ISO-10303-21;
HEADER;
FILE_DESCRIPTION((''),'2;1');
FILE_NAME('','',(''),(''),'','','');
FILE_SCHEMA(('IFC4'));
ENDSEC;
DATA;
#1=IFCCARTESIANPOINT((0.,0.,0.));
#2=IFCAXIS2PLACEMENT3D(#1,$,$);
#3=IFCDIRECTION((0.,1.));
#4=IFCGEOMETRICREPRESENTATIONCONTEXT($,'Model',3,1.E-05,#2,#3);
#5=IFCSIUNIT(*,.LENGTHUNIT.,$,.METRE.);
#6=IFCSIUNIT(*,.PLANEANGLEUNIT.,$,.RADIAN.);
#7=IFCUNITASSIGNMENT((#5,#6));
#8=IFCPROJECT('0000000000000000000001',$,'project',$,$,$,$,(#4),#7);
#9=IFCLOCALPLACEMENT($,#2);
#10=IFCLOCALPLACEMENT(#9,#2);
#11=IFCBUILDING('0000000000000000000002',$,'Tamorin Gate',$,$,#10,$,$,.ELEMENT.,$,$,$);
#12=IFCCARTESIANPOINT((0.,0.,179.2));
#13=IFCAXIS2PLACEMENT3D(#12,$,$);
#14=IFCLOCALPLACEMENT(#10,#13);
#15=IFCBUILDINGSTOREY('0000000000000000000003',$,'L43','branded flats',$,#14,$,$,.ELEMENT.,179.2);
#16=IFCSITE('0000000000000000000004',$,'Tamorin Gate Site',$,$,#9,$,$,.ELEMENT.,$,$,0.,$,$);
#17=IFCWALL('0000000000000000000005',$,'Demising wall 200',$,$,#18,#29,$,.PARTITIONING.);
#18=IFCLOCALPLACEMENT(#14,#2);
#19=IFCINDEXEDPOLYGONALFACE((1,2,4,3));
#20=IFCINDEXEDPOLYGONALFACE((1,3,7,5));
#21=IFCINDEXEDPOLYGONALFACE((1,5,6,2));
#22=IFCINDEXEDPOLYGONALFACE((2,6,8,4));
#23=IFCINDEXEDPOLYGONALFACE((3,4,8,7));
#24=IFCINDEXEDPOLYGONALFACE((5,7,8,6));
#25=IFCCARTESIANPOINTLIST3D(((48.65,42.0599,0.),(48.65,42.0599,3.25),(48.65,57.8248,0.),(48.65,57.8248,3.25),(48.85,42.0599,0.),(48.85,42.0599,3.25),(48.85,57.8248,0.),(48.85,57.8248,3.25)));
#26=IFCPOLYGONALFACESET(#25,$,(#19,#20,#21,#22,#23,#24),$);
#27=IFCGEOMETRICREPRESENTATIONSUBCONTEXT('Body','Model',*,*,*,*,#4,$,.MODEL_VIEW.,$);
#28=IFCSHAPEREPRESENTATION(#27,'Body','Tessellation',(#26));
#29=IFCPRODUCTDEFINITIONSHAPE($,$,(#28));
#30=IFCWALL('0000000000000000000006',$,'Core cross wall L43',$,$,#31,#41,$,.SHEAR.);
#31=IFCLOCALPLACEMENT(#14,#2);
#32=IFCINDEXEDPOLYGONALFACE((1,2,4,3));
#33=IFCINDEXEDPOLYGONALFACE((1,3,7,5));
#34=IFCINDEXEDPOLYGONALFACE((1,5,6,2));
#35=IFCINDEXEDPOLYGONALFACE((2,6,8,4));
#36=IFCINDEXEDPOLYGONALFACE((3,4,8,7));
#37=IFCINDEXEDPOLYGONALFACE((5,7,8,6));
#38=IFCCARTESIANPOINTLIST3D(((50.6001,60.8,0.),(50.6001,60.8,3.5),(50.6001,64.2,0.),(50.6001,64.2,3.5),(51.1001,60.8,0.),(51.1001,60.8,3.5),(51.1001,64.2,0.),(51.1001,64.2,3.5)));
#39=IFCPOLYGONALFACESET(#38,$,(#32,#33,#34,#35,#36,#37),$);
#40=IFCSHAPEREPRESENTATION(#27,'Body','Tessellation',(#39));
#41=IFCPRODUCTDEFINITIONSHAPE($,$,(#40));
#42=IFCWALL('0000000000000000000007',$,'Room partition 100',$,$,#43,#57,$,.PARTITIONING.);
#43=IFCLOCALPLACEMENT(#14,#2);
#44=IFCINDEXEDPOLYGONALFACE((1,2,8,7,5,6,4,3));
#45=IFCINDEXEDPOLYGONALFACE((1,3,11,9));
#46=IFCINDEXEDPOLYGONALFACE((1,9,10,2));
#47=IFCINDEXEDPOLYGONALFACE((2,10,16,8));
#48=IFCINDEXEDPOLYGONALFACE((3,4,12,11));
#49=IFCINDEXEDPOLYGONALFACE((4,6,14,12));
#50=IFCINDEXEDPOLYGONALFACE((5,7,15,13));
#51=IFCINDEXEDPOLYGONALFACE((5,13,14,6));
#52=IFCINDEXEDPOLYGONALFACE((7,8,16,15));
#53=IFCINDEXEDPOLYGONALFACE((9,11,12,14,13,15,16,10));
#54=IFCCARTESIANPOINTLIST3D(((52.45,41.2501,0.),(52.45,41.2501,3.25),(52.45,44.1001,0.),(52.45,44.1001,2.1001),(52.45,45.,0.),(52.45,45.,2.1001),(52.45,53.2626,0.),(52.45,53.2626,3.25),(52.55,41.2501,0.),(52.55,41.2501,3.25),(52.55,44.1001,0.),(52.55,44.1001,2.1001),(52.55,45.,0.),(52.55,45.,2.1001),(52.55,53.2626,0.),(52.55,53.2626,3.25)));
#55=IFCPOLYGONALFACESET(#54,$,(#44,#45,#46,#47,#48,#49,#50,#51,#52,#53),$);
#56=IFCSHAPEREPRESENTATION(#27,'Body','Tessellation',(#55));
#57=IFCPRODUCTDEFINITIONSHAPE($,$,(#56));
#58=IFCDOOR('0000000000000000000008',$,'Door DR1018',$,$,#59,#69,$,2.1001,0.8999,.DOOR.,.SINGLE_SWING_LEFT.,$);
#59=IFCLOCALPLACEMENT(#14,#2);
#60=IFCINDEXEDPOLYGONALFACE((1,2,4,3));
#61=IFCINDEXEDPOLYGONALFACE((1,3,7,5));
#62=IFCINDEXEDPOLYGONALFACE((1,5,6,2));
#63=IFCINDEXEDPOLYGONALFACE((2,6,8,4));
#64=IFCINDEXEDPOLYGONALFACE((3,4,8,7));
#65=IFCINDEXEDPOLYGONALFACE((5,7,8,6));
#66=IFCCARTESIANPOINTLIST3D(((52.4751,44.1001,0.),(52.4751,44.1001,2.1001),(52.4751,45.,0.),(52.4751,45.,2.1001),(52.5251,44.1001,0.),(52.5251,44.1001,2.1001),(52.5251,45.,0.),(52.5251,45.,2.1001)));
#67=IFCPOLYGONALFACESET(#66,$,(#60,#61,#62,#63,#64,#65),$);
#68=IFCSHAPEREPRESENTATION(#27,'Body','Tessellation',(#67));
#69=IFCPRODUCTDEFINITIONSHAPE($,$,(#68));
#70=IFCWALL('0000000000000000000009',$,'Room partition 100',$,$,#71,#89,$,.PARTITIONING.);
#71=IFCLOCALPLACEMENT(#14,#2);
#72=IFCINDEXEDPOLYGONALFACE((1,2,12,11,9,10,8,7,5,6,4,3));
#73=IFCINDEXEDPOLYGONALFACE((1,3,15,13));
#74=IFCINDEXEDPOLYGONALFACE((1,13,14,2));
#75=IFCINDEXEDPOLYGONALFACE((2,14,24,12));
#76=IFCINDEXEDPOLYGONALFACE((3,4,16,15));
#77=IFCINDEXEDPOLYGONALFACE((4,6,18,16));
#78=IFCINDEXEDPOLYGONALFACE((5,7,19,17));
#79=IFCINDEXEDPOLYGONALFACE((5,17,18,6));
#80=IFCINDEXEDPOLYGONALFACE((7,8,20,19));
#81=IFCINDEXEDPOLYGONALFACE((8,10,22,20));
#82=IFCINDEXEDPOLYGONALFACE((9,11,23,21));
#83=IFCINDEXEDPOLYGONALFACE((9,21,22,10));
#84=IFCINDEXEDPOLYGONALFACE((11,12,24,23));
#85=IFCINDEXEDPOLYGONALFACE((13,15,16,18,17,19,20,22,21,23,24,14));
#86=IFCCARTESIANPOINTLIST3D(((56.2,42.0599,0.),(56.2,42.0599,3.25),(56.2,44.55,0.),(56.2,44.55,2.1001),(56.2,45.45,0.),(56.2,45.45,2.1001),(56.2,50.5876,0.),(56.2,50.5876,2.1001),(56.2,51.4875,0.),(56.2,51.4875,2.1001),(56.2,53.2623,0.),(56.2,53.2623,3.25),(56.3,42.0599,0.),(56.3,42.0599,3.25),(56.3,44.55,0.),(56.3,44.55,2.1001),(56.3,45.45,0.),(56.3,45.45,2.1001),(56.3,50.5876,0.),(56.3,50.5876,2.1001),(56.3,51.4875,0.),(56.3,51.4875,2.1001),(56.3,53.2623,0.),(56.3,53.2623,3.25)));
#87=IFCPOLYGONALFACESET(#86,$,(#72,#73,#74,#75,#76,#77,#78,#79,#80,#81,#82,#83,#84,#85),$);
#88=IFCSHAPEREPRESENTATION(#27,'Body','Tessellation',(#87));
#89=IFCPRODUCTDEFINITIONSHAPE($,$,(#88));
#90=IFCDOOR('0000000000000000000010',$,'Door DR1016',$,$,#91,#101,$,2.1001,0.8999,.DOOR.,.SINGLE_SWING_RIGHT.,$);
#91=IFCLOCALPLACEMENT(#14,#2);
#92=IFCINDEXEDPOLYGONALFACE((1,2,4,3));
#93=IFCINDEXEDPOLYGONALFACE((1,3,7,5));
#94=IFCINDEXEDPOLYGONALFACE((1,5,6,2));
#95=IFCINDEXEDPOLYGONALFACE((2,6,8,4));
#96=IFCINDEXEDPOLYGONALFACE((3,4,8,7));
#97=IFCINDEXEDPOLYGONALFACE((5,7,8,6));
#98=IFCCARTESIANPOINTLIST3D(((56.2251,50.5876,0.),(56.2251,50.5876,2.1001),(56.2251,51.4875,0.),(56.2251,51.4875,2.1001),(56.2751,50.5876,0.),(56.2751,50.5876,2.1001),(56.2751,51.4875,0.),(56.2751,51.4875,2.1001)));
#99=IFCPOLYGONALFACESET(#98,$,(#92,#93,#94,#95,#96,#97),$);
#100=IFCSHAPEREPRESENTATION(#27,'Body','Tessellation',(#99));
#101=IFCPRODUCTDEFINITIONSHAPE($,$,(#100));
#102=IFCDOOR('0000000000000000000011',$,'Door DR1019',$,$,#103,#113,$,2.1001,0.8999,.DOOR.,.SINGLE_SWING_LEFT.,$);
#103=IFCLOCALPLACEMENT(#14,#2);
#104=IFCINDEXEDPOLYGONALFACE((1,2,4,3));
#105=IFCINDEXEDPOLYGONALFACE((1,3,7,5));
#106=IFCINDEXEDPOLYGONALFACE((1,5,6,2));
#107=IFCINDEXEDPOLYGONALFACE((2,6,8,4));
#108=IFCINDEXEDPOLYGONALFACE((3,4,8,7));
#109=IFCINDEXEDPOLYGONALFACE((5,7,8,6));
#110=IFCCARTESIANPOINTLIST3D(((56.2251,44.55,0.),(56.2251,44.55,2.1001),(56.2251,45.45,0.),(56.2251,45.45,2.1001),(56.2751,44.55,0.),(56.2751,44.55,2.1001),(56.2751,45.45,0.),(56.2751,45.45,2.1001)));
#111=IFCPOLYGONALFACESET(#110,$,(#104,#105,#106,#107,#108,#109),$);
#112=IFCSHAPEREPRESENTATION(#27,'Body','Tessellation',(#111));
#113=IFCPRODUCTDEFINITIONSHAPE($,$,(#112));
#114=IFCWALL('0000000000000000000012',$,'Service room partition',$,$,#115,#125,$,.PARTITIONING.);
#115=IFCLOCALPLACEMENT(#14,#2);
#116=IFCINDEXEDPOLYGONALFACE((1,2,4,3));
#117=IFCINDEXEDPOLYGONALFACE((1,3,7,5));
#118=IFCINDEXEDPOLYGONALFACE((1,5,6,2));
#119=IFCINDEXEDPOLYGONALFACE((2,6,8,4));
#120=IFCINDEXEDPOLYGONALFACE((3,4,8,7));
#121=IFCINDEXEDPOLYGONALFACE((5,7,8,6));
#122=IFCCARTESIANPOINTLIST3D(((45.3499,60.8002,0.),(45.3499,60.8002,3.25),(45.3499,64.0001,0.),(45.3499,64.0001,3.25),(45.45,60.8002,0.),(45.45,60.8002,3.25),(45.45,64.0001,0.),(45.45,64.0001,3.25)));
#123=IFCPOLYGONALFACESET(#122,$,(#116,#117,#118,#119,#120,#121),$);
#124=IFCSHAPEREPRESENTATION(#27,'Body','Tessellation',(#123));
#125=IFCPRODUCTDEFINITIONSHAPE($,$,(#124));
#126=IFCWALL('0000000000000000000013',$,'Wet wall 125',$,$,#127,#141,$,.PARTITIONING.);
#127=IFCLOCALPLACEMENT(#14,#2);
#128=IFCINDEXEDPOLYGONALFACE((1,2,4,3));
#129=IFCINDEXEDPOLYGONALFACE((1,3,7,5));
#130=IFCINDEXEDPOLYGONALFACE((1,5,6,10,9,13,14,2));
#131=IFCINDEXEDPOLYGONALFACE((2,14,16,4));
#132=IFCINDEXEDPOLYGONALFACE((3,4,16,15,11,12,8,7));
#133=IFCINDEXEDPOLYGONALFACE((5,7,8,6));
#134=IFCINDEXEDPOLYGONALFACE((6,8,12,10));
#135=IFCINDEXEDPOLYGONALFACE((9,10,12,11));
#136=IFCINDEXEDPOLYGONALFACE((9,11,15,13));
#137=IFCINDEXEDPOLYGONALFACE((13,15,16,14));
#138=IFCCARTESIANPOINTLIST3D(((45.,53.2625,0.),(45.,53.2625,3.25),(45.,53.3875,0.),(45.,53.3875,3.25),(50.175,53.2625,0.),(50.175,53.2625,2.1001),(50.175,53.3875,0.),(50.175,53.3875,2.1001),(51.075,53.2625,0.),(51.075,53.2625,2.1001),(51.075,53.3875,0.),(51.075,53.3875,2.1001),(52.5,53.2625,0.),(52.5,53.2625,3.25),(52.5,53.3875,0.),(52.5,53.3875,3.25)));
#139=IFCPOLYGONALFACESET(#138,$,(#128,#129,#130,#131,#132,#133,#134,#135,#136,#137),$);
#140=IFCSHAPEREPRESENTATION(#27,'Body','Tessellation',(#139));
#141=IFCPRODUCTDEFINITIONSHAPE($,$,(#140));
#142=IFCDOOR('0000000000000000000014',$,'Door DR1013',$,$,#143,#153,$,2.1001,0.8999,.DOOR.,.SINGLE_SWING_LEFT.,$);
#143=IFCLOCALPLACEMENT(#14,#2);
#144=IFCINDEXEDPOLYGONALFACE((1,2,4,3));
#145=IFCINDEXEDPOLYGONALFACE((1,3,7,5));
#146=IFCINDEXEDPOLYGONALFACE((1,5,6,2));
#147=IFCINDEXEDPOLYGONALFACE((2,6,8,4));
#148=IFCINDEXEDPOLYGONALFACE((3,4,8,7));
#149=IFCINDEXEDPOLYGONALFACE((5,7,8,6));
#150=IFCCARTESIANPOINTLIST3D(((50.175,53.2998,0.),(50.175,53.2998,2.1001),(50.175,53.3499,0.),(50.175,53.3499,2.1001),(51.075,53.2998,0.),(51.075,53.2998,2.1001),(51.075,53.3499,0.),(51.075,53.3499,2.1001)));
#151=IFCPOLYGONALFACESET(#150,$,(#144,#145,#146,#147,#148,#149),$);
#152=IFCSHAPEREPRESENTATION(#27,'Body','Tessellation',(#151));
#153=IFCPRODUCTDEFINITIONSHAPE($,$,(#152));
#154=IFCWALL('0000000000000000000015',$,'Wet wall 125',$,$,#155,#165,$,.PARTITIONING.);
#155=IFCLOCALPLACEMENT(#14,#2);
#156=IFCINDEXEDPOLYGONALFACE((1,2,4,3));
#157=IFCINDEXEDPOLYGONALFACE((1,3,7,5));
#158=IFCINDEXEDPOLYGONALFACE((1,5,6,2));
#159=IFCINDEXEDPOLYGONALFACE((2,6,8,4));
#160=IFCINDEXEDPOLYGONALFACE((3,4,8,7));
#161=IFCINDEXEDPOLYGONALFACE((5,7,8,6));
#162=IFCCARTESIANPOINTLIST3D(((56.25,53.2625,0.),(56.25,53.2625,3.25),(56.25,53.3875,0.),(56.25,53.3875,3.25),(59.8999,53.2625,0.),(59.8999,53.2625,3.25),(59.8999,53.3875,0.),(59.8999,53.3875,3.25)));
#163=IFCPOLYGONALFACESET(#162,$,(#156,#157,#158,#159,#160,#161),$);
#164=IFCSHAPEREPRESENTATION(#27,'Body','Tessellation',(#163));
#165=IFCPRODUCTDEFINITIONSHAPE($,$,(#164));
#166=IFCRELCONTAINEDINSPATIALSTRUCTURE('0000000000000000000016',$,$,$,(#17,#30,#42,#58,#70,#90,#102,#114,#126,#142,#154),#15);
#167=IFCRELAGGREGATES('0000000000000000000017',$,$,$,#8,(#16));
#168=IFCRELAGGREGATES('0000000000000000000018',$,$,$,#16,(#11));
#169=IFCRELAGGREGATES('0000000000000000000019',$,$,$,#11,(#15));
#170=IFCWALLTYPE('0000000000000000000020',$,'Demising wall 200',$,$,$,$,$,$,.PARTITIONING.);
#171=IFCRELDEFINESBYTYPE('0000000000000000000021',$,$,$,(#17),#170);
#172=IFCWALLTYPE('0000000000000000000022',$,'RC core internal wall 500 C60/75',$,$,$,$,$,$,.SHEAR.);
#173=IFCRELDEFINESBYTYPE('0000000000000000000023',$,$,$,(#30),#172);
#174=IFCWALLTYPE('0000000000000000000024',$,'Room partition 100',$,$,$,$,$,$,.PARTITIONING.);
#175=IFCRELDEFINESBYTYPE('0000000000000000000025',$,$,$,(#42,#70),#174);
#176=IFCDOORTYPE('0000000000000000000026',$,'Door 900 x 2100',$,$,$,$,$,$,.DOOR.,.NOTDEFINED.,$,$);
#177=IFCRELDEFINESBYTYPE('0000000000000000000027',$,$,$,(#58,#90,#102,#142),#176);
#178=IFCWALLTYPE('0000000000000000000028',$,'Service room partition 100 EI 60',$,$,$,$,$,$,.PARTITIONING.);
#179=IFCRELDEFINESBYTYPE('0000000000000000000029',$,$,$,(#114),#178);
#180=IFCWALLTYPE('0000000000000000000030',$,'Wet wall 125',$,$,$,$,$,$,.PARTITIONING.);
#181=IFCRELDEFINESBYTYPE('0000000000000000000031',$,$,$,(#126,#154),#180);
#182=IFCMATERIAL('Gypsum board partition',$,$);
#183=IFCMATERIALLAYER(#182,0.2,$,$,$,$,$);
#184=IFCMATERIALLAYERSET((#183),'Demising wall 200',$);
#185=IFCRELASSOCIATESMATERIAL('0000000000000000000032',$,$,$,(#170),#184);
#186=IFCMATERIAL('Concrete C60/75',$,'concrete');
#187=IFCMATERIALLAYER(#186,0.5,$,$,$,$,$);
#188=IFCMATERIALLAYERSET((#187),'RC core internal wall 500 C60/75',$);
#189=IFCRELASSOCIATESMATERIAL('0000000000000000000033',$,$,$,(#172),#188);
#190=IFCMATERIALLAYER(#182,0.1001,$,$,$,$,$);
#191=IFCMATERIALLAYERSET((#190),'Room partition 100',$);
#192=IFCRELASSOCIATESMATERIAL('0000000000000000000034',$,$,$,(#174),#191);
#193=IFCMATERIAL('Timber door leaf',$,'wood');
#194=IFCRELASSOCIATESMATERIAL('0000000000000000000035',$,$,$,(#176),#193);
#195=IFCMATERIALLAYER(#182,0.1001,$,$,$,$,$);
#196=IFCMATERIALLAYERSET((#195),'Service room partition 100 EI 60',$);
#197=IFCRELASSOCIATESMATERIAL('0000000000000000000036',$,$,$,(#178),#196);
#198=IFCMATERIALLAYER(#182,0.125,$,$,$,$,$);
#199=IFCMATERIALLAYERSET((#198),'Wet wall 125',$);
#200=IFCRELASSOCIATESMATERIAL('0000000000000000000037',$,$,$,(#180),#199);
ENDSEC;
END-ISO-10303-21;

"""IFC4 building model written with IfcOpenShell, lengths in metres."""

from ifc_helpers import new_model, si_unit, direction, frame, frame_2d, origin, place, context, subcontext, project, spatial, rectangle, extrude, material, layer, layer_set, type_object, element, fill, save


model = new_model("IFC4")

# Units and contexts
model_context = context("Model", 3, precision=1e-05, world=origin(), true_north=direction((0.0, 1.0)))
body_context = subcontext(model_context, "Body", "Model", "MODEL_VIEW")
ifc_project = project(units=[si_unit("LENGTHUNIT", "METRE"), si_unit("PLANEANGLEUNIT", "RADIAN")], contexts=[model_context])

# Site, building, storey
site_placement = place(None, origin())
site = spatial("IfcSite", under=ifc_project, at=site_placement, Name="Tamorin Gate Site", CompositionType="ELEMENT", RefElevation=0.0)
building_placement = place(site_placement, origin())
building = spatial("IfcBuilding", under=site, at=building_placement, Name="Tamorin Gate", CompositionType="ELEMENT")
storey_placement = place(building_placement, frame((0.0, 0.0, 179.2)))
storey = spatial("IfcBuildingStorey", under=building, at=storey_placement, Name="L43", Description="branded flats", CompositionType="ELEMENT", Elevation=179.2)

# Shared definitions
ifc_material_1 = material(Name="Concrete C60/75", Category="concrete")

# Walls
ifc_material_2 = material(Name="Gypsum board partition")
ifc_layer_1 = layer(ifc_material_2, 0.2)
ifc_layer_set_1 = layer_set([ifc_layer_1], Name="Demising wall 200")
wall_type_1 = type_object("IfcWallType", Name="Demising wall 200", PredefinedType="PARTITIONING", material=ifc_layer_set_1)
wall_1_placement = place(storey_placement, frame((48.75, 42.0601, 0.0), z_axis=(0.0, 0.0, 1.0), x_axis=(0.0, 1.0, 0.0)))
element("IfcWall", 1, at=wall_1_placement, inside=storey, type_object=wall_type_1, Name="Demising wall 200", PredefinedType="PARTITIONING", context=body_context, shape_type="SweptSolid", body=[
    extrude(rectangle(XDim=15.7649, YDim=0.2, at=frame_2d((7.8823, 0.0))), origin(), (0.0, 0.0, 1.0), 3.25),
])
ifc_layer_2 = layer(ifc_material_1, 0.5)
ifc_layer_set_2 = layer_set([ifc_layer_2], Name="RC core internal wall 500 C60/75")
wall_type_2 = type_object("IfcWallType", Name="RC core internal wall 500 C60/75", PredefinedType="SHEAR", material=ifc_layer_set_2)
wall_2_placement = place(storey_placement, frame((50.8501, 60.8, 0.0), z_axis=(0.0, 0.0, 1.0), x_axis=(0.0, 1.0, 0.0)))
element("IfcWall", 2, at=wall_2_placement, inside=storey, type_object=wall_type_2, Name="Core cross wall L43", PredefinedType="SHEAR", context=body_context, shape_type="SweptSolid", body=[
    extrude(rectangle(XDim=3.3999, YDim=0.5, at=frame_2d((1.7, 0.0))), origin(), (0.0, 0.0, 1.0), 3.5),
])

# Wall, opening, door
ifc_layer_3 = layer(ifc_material_2, 0.1001)
ifc_layer_set_3 = layer_set([ifc_layer_3], Name="Room partition 100")
wall_type_3 = type_object("IfcWallType", Name="Room partition 100", PredefinedType="PARTITIONING", material=ifc_layer_set_3)
wall_3_placement = place(storey_placement, frame((52.5, 41.25, 0.0), z_axis=(0.0, 0.0, 1.0), x_axis=(0.0, 1.0, 0.0)))
wall_3 = element("IfcWall", 3, at=wall_3_placement, inside=storey, type_object=wall_type_3, Name="Room partition 100", PredefinedType="PARTITIONING", context=body_context, shape_type="SweptSolid", body=[
    extrude(rectangle(XDim=12.0125, YDim=0.1001, at=frame_2d((6.0063, 0.0))), origin(), (0.0, 0.0, 1.0), 3.25),
])
opening_1_placement = place(wall_3_placement, frame((2.8501, 0.0, 0.0)))
opening_1 = element("IfcOpeningElement", 4, at=opening_1_placement, cuts=wall_3, PredefinedType="OPENING", context=body_context, shape_type="SweptSolid", body=[
    extrude(rectangle(XDim=0.8999, YDim=2.1001, at=frame_2d((0.45, 1.05))), frame((0.0, 0.0601, 0.0), z_axis=(0.0, -1.0, 0.0), x_axis=(1.0, 0.0, 0.0)), (0.0, 0.0, 1.0), 0.1201),
])
ifc_material_3 = material(Name="Timber door leaf", Category="wood")
door_type = type_object("IfcDoorType", Name="Door 900 x 2100", OperationType="NOTDEFINED", PredefinedType="DOOR", material=ifc_material_3)
door_1_placement = place(opening_1_placement, origin())
door_1 = element("IfcDoor", 5, at=door_1_placement, inside=storey, type_object=door_type, Name="Door DR1018", OperationType="SINGLE_SWING_LEFT", OverallHeight=2.1001, OverallWidth=0.8999, PredefinedType="DOOR", context=body_context, shape_type="SweptSolid", body=[
    extrude(rectangle(XDim=0.8999, YDim=2.1001, at=frame_2d((0.45, 1.05))), frame((0.0, 0.0249, 0.0), z_axis=(0.0, -1.0, 0.0), x_axis=(1.0, 0.0, 0.0)), (0.0, 0.0, 1.0), 0.05),
])
fill(opening_1, door_1)

# Wall, openings, doors
wall_4_placement = place(storey_placement, frame((56.25, 42.0601, 0.0), z_axis=(0.0, 0.0, 1.0), x_axis=(0.0, 1.0, 0.0)))
wall_4 = element("IfcWall", 6, at=wall_4_placement, inside=storey, type_object=wall_type_3, Name="Room partition 100", PredefinedType="PARTITIONING", context=body_context, shape_type="SweptSolid", body=[
    extrude(rectangle(XDim=11.2024, YDim=0.1001, at=frame_2d((5.6011, 0.0))), origin(), (0.0, 0.0, 1.0), 3.25),
])
opening_2_placement = place(wall_4_placement, frame((8.5276, 0.0, 0.0)))
opening_2 = element("IfcOpeningElement", 7, at=opening_2_placement, cuts=wall_4, PredefinedType="OPENING", context=body_context, shape_type="SweptSolid", body=[
    extrude(rectangle(XDim=0.8999, YDim=2.1001, at=frame_2d((0.45, 1.05))), frame((0.0, 0.0601, 0.0), z_axis=(0.0, -1.0, 0.0), x_axis=(1.0, 0.0, 0.0)), (0.0, 0.0, 1.0), 0.1201),
])
opening_3_placement = place(wall_4_placement, frame((2.49, 0.0, 0.0)))
opening_3 = element("IfcOpeningElement", 8, at=opening_3_placement, cuts=wall_4, PredefinedType="OPENING", context=body_context, shape_type="SweptSolid", body=[
    extrude(rectangle(XDim=0.8999, YDim=2.1001, at=frame_2d((0.45, 1.05))), frame((0.0, 0.0601, 0.0), z_axis=(0.0, -1.0, 0.0), x_axis=(1.0, 0.0, 0.0)), (0.0, 0.0, 1.0), 0.1201),
])
door_2_placement = place(opening_2_placement, origin())
door_2 = element("IfcDoor", 9, at=door_2_placement, inside=storey, type_object=door_type, Name="Door DR1016", OperationType="SINGLE_SWING_RIGHT", OverallHeight=2.1001, OverallWidth=0.8999, PredefinedType="DOOR", context=body_context, shape_type="SweptSolid", body=[
    extrude(rectangle(XDim=0.8999, YDim=2.1001, at=frame_2d((0.45, 1.05))), frame((0.0, 0.0249, 0.0), z_axis=(0.0, -1.0, 0.0), x_axis=(1.0, 0.0, 0.0)), (0.0, 0.0, 1.0), 0.05),
])
fill(opening_2, door_2)
door_3_placement = place(opening_3_placement, origin())
door_3 = element("IfcDoor", 10, at=door_3_placement, inside=storey, type_object=door_type, Name="Door DR1019", OperationType="SINGLE_SWING_LEFT", OverallHeight=2.1001, OverallWidth=0.8999, PredefinedType="DOOR", context=body_context, shape_type="SweptSolid", body=[
    extrude(rectangle(XDim=0.8999, YDim=2.1001, at=frame_2d((0.45, 1.05))), frame((0.0, 0.0249, 0.0), z_axis=(0.0, -1.0, 0.0), x_axis=(1.0, 0.0, 0.0)), (0.0, 0.0, 1.0), 0.05),
])
fill(opening_3, door_3)

# Wall
ifc_layer_4 = layer(ifc_material_2, 0.1001)
ifc_layer_set_4 = layer_set([ifc_layer_4], Name="Service room partition 100 EI 60")
wall_type_4 = type_object("IfcWallType", Name="Service room partition 100 EI 60", PredefinedType="PARTITIONING", material=ifc_layer_set_4)
wall_5_placement = place(storey_placement, frame((45.3999, 60.8, 0.0), z_axis=(0.0, 0.0, 1.0), x_axis=(0.0, 1.0, 0.0)))
element("IfcWall", 11, at=wall_5_placement, inside=storey, type_object=wall_type_4, Name="Service room partition", PredefinedType="PARTITIONING", context=body_context, shape_type="SweptSolid", body=[
    extrude(rectangle(XDim=3.2, YDim=0.1001, at=frame_2d((1.6001, 0.0))), origin(), (0.0, 0.0, 1.0), 3.25),
])

# Wall, opening, door
ifc_layer_5 = layer(ifc_material_2, 0.125)
ifc_layer_set_5 = layer_set([ifc_layer_5], Name="Wet wall 125")
wall_type_5 = type_object("IfcWallType", Name="Wet wall 125", PredefinedType="PARTITIONING", material=ifc_layer_set_5)
wall_6_placement = place(storey_placement, frame((45.0, 53.325, 0.0), z_axis=(0.0, 0.0, 1.0), x_axis=(1.0, 0.0, 0.0)))
wall_6 = element("IfcWall", 12, at=wall_6_placement, inside=storey, type_object=wall_type_5, Name="Wet wall 125", PredefinedType="PARTITIONING", context=body_context, shape_type="SweptSolid", body=[
    extrude(rectangle(XDim=7.5, YDim=0.125, at=frame_2d((3.75, 0.0))), origin(), (0.0, 0.0, 1.0), 3.25),
])
opening_4_placement = place(wall_6_placement, frame((5.175, 0.0, 0.0)))
opening_4 = element("IfcOpeningElement", 13, at=opening_4_placement, cuts=wall_6, PredefinedType="OPENING", context=body_context, shape_type="SweptSolid", body=[
    extrude(rectangle(XDim=0.8999, YDim=2.1001, at=frame_2d((0.45, 1.05))), frame((0.0, 0.0725, 0.0), z_axis=(0.0, -1.0, 0.0), x_axis=(1.0, 0.0, 0.0)), (0.0, 0.0, 1.0), 0.145),
])
door_4_placement = place(opening_4_placement, origin())
door_4 = element("IfcDoor", 14, at=door_4_placement, inside=storey, type_object=door_type, Name="Door DR1013", OperationType="SINGLE_SWING_LEFT", OverallHeight=2.1001, OverallWidth=0.8999, PredefinedType="DOOR", context=body_context, shape_type="SweptSolid", body=[
    extrude(rectangle(XDim=0.8999, YDim=2.1001, at=frame_2d((0.45, 1.05))), frame((0.0, 0.0249, 0.0), z_axis=(0.0, -1.0, 0.0), x_axis=(1.0, 0.0, 0.0)), (0.0, 0.0, 1.0), 0.05),
])
fill(opening_4, door_4)

# Wall
wall_7_placement = place(storey_placement, frame((56.25, 53.325, 0.0), z_axis=(0.0, 0.0, 1.0), x_axis=(1.0, 0.0, 0.0)))
element("IfcWall", 15, at=wall_7_placement, inside=storey, type_object=wall_type_5, Name="Wet wall 125", PredefinedType="PARTITIONING", context=body_context, shape_type="SweptSolid", body=[
    extrude(rectangle(XDim=3.6499, YDim=0.125, at=frame_2d((1.825, 0.0))), origin(), (0.0, 0.0, 1.0), 3.25),
])

save(model, "model.ifc")
